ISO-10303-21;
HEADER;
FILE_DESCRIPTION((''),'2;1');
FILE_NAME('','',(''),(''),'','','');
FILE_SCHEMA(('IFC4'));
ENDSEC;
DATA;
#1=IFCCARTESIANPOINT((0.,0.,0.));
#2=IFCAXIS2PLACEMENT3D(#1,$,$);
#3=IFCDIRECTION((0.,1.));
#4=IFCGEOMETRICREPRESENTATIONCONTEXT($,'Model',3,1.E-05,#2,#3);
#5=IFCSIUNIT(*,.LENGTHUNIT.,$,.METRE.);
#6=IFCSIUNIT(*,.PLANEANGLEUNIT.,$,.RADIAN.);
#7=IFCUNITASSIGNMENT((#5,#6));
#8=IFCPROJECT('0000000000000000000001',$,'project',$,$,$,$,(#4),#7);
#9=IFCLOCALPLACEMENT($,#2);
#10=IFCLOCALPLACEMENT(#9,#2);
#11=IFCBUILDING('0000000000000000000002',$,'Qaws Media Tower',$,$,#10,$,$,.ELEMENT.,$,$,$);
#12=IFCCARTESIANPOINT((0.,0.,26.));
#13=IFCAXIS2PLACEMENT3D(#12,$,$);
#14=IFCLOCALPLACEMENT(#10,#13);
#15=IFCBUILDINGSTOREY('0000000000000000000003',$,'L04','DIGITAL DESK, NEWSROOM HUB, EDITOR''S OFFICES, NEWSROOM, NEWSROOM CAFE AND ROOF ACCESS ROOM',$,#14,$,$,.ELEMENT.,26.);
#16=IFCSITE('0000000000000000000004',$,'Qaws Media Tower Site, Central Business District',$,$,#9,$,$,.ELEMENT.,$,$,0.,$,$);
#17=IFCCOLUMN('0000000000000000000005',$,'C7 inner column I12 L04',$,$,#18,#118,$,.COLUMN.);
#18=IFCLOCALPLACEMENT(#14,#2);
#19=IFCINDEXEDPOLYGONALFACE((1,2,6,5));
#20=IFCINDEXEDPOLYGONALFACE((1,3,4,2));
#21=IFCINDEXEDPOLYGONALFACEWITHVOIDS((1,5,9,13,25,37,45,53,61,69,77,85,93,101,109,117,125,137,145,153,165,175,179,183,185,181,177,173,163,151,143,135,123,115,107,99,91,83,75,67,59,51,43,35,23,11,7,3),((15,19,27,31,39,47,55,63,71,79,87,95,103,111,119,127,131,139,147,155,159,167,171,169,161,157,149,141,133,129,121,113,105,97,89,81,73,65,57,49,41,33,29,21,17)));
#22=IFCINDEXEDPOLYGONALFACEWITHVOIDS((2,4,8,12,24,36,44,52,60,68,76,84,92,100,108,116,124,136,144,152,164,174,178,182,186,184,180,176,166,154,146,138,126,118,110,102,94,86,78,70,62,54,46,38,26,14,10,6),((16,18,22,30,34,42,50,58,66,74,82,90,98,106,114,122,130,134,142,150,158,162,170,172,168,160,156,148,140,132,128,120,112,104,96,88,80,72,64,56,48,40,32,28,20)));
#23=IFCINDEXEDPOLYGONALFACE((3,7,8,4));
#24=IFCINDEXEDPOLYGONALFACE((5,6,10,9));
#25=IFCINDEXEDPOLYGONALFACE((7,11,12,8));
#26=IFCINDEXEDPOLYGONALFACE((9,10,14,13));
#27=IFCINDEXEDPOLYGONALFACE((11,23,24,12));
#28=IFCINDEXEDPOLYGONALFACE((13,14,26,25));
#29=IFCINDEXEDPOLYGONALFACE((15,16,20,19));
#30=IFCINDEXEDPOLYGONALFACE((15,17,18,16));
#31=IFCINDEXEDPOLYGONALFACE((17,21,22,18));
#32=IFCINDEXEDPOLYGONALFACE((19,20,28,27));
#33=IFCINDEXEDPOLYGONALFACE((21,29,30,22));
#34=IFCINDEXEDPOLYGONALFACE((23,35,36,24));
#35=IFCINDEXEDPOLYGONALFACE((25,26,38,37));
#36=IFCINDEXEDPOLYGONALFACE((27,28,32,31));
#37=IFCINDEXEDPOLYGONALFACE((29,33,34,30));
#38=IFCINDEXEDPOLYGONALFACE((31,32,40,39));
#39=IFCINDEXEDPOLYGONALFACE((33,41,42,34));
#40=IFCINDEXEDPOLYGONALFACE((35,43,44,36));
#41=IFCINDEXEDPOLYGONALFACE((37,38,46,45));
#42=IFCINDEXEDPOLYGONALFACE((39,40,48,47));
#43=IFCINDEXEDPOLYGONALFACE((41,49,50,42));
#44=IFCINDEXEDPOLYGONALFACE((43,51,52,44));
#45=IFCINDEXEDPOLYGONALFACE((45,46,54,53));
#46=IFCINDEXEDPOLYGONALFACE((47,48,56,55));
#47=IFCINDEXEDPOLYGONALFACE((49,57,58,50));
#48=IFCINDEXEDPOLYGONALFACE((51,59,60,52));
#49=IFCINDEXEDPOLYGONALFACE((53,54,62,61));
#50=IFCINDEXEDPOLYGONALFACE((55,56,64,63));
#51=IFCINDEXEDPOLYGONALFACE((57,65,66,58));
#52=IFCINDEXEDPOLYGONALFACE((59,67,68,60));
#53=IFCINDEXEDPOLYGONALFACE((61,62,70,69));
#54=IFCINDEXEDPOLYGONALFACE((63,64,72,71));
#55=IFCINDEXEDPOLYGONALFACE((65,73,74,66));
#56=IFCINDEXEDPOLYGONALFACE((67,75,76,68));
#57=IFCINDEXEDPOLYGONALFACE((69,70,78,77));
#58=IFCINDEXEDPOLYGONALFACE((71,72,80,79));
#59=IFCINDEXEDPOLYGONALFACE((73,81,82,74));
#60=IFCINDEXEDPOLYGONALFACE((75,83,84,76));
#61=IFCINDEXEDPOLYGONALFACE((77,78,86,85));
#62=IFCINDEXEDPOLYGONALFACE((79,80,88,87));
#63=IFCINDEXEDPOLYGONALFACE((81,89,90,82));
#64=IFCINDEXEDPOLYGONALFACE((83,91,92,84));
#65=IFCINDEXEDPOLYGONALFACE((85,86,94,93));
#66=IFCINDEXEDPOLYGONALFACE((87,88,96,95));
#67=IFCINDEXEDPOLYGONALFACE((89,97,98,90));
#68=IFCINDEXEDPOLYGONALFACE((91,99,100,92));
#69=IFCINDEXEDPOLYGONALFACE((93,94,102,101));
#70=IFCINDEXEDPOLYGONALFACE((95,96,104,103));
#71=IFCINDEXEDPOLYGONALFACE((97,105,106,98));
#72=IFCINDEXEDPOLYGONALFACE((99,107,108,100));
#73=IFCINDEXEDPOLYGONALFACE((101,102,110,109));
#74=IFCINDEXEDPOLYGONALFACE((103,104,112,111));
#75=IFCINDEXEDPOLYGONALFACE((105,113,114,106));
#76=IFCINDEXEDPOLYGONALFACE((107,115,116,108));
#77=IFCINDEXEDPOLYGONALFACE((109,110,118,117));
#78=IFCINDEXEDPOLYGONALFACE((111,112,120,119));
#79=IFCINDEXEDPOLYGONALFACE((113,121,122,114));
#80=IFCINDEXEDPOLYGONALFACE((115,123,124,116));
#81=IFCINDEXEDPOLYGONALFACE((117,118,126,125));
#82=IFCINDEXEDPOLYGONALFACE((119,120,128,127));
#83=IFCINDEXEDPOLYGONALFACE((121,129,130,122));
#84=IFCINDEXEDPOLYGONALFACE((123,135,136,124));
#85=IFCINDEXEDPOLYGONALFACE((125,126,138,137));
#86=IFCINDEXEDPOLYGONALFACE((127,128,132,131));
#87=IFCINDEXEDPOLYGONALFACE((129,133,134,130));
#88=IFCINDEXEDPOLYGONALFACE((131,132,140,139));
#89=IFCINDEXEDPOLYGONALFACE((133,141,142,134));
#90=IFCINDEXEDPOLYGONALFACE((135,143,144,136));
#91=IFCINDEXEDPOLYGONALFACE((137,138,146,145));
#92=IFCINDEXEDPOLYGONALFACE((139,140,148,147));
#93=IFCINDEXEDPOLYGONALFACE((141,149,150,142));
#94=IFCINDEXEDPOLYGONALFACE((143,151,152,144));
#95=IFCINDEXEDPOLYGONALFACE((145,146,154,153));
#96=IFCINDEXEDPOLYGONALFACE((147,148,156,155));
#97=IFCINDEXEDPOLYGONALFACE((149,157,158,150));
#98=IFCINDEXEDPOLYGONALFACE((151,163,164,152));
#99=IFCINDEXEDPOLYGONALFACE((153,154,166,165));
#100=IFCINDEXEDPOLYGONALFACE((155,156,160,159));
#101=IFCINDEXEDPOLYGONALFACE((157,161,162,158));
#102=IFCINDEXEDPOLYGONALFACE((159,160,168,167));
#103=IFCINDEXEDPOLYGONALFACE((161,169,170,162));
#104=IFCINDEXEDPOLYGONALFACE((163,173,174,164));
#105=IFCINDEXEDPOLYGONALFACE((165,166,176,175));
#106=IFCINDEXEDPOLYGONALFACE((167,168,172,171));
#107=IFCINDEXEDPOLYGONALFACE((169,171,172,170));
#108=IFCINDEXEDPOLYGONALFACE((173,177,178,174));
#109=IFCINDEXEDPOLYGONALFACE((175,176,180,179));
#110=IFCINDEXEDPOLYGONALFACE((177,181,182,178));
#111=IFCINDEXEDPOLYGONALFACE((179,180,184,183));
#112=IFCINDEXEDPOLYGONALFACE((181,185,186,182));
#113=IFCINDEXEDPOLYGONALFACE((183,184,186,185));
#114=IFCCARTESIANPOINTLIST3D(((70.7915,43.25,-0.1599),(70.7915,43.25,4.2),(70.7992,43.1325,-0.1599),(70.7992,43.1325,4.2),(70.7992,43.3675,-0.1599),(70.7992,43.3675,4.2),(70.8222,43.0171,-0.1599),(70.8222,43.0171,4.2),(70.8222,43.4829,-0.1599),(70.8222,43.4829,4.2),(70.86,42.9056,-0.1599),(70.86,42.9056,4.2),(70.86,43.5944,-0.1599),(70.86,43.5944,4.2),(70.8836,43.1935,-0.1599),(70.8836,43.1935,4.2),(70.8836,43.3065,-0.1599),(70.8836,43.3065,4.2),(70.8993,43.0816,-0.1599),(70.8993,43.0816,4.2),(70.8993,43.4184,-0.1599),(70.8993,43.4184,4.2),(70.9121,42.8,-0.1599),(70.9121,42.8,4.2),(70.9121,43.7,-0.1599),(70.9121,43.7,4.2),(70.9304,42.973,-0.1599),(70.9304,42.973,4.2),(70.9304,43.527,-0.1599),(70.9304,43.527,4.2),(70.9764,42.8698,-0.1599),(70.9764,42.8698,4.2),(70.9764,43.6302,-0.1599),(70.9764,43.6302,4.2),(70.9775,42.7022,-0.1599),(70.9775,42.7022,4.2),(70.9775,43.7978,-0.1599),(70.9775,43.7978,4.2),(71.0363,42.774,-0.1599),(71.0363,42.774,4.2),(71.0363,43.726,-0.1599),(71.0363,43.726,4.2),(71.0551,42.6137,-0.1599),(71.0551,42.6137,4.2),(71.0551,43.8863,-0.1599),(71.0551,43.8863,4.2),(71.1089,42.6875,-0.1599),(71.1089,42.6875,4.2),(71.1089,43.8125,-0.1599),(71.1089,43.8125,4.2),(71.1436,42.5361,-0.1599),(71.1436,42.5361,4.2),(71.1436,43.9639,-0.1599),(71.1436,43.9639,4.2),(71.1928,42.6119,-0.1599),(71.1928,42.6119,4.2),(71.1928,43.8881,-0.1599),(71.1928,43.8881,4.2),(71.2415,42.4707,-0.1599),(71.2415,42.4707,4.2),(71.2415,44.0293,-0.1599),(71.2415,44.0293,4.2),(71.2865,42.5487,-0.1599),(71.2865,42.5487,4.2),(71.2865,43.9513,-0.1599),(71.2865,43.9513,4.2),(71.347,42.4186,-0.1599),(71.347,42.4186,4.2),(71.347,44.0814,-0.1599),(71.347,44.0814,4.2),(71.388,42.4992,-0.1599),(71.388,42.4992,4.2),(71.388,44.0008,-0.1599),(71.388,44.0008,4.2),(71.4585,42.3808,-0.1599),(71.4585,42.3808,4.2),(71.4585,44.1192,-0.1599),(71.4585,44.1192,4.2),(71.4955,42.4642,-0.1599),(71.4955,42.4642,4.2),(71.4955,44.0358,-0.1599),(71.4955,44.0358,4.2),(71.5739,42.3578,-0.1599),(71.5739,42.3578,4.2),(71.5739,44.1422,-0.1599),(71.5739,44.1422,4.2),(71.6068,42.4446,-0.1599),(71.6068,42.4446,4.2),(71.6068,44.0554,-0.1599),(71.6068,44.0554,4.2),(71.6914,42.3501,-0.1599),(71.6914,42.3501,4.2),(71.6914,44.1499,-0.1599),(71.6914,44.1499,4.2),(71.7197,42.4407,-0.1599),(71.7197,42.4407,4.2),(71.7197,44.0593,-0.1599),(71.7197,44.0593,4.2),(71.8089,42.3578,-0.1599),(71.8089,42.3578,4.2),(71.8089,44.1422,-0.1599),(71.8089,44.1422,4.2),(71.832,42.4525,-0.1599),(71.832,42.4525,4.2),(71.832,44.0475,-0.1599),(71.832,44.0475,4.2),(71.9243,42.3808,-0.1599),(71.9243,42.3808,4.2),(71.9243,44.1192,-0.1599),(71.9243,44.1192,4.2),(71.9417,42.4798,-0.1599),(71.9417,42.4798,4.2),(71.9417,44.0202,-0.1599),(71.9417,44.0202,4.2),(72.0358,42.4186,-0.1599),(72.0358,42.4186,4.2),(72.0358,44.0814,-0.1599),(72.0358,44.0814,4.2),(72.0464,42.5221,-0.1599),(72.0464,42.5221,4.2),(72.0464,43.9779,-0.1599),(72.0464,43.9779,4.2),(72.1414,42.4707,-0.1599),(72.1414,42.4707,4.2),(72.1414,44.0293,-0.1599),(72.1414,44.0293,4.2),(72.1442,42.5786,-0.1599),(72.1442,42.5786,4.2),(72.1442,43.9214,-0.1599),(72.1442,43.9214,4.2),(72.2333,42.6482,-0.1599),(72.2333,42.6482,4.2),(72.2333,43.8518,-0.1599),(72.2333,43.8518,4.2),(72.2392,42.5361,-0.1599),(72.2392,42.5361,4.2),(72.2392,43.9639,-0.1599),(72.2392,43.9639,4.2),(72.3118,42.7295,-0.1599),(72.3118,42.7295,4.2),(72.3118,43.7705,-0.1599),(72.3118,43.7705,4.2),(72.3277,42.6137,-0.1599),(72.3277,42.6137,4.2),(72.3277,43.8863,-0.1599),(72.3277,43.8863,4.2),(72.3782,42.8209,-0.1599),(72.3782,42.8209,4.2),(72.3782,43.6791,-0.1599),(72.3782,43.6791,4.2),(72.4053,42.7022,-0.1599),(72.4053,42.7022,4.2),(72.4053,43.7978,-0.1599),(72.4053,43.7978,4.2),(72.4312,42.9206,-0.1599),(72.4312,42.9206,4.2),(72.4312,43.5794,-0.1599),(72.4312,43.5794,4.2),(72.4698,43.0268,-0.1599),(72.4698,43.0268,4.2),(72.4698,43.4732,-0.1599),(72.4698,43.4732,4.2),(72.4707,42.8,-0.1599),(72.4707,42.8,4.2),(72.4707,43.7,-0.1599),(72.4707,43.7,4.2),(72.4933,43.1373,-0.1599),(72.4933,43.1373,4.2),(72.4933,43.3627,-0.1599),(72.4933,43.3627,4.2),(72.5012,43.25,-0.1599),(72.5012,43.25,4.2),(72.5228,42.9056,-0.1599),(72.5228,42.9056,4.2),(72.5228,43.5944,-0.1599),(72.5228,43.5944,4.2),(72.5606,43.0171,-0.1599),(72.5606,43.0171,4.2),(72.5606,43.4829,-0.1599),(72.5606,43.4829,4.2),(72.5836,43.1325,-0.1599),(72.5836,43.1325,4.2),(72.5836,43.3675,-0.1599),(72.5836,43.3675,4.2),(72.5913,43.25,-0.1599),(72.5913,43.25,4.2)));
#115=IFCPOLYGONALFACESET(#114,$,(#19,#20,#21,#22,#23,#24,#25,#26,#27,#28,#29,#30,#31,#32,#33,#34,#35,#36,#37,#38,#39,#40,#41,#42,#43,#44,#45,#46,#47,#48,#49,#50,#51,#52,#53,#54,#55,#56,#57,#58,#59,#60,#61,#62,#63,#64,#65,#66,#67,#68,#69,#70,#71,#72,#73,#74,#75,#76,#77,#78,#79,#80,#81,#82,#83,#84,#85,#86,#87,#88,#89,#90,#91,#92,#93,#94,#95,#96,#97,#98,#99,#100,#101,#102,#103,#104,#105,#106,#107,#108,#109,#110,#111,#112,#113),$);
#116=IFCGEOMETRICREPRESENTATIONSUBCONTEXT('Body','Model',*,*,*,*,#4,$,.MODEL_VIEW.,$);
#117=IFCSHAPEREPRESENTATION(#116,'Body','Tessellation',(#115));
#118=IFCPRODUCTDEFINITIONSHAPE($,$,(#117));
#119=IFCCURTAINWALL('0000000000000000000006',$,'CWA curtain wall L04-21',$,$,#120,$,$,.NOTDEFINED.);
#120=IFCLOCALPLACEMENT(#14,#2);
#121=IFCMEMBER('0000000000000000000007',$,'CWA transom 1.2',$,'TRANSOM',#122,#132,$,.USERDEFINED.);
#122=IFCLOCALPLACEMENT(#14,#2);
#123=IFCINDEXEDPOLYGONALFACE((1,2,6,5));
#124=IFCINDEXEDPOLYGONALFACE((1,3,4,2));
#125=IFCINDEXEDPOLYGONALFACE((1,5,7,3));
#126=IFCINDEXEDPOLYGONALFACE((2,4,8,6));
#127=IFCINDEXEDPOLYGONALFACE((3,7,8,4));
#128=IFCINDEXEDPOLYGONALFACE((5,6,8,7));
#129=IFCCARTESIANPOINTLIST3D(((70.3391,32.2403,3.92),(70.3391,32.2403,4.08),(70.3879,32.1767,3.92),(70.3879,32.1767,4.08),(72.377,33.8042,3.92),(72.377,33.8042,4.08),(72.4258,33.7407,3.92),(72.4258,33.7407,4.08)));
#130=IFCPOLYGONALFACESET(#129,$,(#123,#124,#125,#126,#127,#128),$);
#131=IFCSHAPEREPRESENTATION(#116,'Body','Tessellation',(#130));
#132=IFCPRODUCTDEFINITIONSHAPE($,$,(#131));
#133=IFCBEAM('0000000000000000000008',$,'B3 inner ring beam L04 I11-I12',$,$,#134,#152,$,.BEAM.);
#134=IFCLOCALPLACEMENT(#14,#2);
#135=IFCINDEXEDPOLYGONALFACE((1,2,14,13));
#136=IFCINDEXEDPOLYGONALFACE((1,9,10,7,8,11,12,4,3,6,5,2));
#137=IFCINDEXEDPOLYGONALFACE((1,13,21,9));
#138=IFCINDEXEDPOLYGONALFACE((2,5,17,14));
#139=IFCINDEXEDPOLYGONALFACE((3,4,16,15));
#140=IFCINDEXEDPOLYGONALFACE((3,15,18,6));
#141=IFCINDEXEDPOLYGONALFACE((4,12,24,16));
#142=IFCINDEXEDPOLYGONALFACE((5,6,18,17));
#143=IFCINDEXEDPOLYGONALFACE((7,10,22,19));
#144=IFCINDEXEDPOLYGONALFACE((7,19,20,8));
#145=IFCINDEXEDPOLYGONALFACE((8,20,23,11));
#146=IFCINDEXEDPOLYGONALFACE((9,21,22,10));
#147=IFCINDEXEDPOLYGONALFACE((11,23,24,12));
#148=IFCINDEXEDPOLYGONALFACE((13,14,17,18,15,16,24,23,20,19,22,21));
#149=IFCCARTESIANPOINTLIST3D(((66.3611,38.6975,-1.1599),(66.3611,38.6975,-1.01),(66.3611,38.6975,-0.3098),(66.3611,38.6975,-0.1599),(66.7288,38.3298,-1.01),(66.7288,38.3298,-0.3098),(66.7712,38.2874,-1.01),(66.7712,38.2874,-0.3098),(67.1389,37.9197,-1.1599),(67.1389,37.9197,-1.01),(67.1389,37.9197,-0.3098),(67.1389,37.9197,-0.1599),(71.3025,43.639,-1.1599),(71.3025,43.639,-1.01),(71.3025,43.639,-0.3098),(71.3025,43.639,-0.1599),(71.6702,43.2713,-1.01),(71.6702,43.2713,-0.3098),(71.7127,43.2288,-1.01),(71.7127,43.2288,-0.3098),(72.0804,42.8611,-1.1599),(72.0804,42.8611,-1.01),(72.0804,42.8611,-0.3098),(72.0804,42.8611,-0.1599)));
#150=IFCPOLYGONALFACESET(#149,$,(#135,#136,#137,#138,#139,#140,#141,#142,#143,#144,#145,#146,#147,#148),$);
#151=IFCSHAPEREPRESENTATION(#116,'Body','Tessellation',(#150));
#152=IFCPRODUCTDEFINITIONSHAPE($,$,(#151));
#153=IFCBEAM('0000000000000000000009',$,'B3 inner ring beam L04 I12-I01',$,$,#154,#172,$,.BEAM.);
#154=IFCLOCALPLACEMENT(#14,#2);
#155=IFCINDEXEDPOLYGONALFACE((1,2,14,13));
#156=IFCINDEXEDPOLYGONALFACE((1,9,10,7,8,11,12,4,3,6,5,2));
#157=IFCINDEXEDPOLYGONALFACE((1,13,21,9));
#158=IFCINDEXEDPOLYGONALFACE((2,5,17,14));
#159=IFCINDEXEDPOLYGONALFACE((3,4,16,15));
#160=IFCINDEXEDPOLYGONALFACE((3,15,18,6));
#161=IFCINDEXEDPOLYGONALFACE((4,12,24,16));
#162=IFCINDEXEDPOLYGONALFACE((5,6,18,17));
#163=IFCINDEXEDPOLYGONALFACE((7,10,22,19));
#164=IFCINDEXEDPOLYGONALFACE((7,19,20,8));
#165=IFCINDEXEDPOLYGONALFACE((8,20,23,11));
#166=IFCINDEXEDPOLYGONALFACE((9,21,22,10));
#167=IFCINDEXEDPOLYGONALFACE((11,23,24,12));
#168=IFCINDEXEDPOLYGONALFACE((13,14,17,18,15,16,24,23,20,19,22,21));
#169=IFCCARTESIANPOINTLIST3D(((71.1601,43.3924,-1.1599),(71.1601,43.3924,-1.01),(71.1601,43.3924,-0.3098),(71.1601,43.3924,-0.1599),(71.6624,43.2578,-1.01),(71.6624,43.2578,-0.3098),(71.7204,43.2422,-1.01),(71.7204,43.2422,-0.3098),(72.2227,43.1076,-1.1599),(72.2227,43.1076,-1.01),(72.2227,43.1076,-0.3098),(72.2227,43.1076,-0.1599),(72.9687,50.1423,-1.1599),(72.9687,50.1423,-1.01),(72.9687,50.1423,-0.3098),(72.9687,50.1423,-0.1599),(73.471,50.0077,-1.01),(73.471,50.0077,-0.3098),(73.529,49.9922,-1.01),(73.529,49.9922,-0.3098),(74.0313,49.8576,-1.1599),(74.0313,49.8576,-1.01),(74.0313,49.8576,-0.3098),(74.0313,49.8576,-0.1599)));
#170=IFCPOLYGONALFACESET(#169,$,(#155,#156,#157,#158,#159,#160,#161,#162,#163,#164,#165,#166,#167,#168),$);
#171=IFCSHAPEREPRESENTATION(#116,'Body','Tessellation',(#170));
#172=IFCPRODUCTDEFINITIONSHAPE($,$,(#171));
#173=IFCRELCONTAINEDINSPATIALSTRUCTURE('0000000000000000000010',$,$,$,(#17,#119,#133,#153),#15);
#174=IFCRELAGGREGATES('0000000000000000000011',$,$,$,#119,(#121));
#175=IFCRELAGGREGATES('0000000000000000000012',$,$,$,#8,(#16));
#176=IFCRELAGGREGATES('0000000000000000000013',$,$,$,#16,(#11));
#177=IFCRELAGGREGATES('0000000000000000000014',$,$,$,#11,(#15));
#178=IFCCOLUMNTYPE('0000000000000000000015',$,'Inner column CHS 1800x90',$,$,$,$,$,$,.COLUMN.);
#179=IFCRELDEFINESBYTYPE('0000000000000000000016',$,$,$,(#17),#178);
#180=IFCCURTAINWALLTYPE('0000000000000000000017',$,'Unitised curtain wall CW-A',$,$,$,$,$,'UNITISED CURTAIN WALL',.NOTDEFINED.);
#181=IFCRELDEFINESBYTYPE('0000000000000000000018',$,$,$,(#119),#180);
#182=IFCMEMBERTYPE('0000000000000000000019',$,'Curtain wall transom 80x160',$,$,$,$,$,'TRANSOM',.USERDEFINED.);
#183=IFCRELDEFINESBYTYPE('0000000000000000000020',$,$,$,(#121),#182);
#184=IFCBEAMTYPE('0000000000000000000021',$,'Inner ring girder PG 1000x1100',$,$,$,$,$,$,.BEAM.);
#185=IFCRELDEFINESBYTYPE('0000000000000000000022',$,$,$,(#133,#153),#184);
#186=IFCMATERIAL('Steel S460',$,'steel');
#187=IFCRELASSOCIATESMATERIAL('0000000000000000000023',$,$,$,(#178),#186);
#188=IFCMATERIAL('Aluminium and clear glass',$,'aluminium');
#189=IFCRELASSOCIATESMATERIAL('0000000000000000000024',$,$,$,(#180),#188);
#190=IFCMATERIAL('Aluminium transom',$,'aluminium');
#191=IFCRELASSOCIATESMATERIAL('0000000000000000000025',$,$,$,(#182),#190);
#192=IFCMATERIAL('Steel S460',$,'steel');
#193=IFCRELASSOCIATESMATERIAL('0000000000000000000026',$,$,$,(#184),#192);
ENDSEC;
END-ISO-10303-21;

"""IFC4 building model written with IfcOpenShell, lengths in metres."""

from ifc_helpers import new_model, si_unit, direction, frame, origin, origin_2d, place, context, subcontext, project, spatial, rectangle, hollow_circle, i_section, extrude, material, material_profile, profile_set, type_object, element, aggregate, save


model = new_model("IFC4")

# Units and contexts
model_context = context("Model", 3, precision=1e-05, world=origin(), true_north=direction((0.0, 1.0)))
body_context = subcontext(model_context, "Body", "Model", "MODEL_VIEW")
ifc_project = project(units=[si_unit("LENGTHUNIT", "METRE"), si_unit("PLANEANGLEUNIT", "RADIAN")], contexts=[model_context])

# Site, building, storey
site_placement = place(None, origin())
site = spatial("IfcSite", under=ifc_project, at=site_placement, Name="Qaws Media Tower Site, Central Business District", CompositionType="ELEMENT", RefElevation=0.0)
building_placement = place(site_placement, origin())
building = spatial("IfcBuilding", under=site, at=building_placement, Name="Qaws Media Tower", CompositionType="ELEMENT")
storey_placement = place(building_placement, frame((0.0, 0.0, 26.0)))
storey = spatial("IfcBuildingStorey", under=building, at=storey_placement, Name="L04", Description="DIGITAL DESK, NEWSROOM HUB, EDITOR'S OFFICES, NEWSROOM, NEWSROOM CAFE AND ROOF ACCESS ROOM", CompositionType="ELEMENT", Elevation=26.0)

# Column
ifc_material_1 = material(Name="Steel S460", Category="steel")
ifc_material_profile_1 = material_profile(ifc_material_1, hollow_circle(Radius=0.8999, WallThickness=0.0901, at=origin_2d()), Name="CHS 1800x90")
ifc_profile_set_1 = profile_set([ifc_material_profile_1], Name="Steel S460")
column_type = type_object("IfcColumnType", Name="Inner column CHS 1800x90", PredefinedType="COLUMN", material=ifc_profile_set_1)
for number, where, z_axis, x_axis, name in (
    (1, (71.6914, 43.25, -0.1599), (0.0, 0.0, 1.0), (1.0, 0.0, 0.0), "C7 inner column I12 L04"),
):
    element("IfcColumn", number, at=place(storey_placement, frame(where, z_axis=z_axis, x_axis=x_axis)), inside=storey, type_object=column_type, Name=name, PredefinedType="COLUMN", context=body_context, shape_type="SweptSolid", body=[
        extrude(hollow_circle(Radius=0.8999, WallThickness=0.0901, at=origin_2d()), origin(), (0.0, 0.0, 1.0), 4.3599),
    ])

# Curtain wall, member
ifc_material_2 = material(Name="Aluminium and clear glass", Category="aluminium")
curtain_wall_type = type_object("IfcCurtainWallType", Name="Unitised curtain wall CW-A", ElementType="UNITISED CURTAIN WALL", PredefinedType="NOTDEFINED", material=ifc_material_2)
curtain_wall_placement = place(storey_placement, origin())
curtain_wall = element("IfcCurtainWall", 2, at=curtain_wall_placement, inside=storey, type_object=curtain_wall_type, Name="CWA curtain wall L04-21", PredefinedType="NOTDEFINED")
ifc_material_3 = material(Name="Aluminium transom", Category="aluminium")
ifc_material_profile_2 = material_profile(ifc_material_3, rectangle(XDim=0.0801, YDim=0.1599, at=origin_2d()), Name="80x160")
ifc_profile_set_2 = profile_set([ifc_material_profile_2], Name="Aluminium transom")
member_type = type_object("IfcMemberType", Name="Curtain wall transom 80x160", ElementType="TRANSOM", PredefinedType="USERDEFINED", material=ifc_profile_set_2)
member_placement = place(storey_placement, frame((70.3635, 32.2085, 4.0), z_axis=(0.793302, 0.608829, 0.0), x_axis=(-0.608829, 0.793302, 0.0)))
member = element("IfcMember", 3, at=member_placement, type_object=member_type, Name="CWA transom 1.2", ObjectType="TRANSOM", PredefinedType="USERDEFINED", context=body_context, shape_type="SweptSolid", body=[
    extrude(rectangle(XDim=0.0801, YDim=0.1599, at=origin_2d()), origin(), (0.0, 0.0, 1.0), 2.5688),
])

# Beams
ifc_material_4 = material(Name="Steel S460", Category="steel")
ifc_material_profile_3 = material_profile(ifc_material_4, i_section(OverallWidth=1.1001, OverallDepth=1.0, WebThickness=0.0601, FlangeThickness=0.1499, at=origin_2d()), Name="PG 1000x1100")
ifc_profile_set_3 = profile_set([ifc_material_profile_3], Name="Steel S460")
beam_type_1 = type_object("IfcBeamType", Name="Inner ring girder PG 1000x1100", PredefinedType="BEAM", material=ifc_profile_set_3)
beam_1_placement = place(storey_placement, frame((66.75, 38.3086, -0.6599), z_axis=(0.707107, 0.707107, 0.0), x_axis=(-0.707107, 0.707107, 0.0)))
element("IfcBeam", 4, at=beam_1_placement, inside=storey, type_object=beam_type_1, Name="B3 inner ring beam L04 I11-I12", PredefinedType="BEAM", context=body_context, shape_type="SweptSolid", body=[
    extrude(i_section(OverallWidth=1.1001, OverallDepth=1.0, WebThickness=0.0601, FlangeThickness=0.1499, at=origin_2d()), origin(), (0.0, 0.0, 1.0), 6.9883),
])
beam_2_placement = place(storey_placement, frame((71.6914, 43.25, -0.6599), z_axis=(0.258811, 0.965928, 0.0), x_axis=(-0.965928, 0.258811, 0.0)))
element("IfcBeam", 5, at=beam_2_placement, inside=storey, type_object=beam_type_1, Name="B3 inner ring beam L04 I12-I01", PredefinedType="BEAM", context=body_context, shape_type="SweptSolid", body=[
    extrude(i_section(OverallWidth=1.1001, OverallDepth=1.0, WebThickness=0.0601, FlangeThickness=0.1499, at=origin_2d()), origin(), (0.0, 0.0, 1.0), 6.988),
])

aggregate(curtain_wall, [member])

save(model, "model.ifc")
